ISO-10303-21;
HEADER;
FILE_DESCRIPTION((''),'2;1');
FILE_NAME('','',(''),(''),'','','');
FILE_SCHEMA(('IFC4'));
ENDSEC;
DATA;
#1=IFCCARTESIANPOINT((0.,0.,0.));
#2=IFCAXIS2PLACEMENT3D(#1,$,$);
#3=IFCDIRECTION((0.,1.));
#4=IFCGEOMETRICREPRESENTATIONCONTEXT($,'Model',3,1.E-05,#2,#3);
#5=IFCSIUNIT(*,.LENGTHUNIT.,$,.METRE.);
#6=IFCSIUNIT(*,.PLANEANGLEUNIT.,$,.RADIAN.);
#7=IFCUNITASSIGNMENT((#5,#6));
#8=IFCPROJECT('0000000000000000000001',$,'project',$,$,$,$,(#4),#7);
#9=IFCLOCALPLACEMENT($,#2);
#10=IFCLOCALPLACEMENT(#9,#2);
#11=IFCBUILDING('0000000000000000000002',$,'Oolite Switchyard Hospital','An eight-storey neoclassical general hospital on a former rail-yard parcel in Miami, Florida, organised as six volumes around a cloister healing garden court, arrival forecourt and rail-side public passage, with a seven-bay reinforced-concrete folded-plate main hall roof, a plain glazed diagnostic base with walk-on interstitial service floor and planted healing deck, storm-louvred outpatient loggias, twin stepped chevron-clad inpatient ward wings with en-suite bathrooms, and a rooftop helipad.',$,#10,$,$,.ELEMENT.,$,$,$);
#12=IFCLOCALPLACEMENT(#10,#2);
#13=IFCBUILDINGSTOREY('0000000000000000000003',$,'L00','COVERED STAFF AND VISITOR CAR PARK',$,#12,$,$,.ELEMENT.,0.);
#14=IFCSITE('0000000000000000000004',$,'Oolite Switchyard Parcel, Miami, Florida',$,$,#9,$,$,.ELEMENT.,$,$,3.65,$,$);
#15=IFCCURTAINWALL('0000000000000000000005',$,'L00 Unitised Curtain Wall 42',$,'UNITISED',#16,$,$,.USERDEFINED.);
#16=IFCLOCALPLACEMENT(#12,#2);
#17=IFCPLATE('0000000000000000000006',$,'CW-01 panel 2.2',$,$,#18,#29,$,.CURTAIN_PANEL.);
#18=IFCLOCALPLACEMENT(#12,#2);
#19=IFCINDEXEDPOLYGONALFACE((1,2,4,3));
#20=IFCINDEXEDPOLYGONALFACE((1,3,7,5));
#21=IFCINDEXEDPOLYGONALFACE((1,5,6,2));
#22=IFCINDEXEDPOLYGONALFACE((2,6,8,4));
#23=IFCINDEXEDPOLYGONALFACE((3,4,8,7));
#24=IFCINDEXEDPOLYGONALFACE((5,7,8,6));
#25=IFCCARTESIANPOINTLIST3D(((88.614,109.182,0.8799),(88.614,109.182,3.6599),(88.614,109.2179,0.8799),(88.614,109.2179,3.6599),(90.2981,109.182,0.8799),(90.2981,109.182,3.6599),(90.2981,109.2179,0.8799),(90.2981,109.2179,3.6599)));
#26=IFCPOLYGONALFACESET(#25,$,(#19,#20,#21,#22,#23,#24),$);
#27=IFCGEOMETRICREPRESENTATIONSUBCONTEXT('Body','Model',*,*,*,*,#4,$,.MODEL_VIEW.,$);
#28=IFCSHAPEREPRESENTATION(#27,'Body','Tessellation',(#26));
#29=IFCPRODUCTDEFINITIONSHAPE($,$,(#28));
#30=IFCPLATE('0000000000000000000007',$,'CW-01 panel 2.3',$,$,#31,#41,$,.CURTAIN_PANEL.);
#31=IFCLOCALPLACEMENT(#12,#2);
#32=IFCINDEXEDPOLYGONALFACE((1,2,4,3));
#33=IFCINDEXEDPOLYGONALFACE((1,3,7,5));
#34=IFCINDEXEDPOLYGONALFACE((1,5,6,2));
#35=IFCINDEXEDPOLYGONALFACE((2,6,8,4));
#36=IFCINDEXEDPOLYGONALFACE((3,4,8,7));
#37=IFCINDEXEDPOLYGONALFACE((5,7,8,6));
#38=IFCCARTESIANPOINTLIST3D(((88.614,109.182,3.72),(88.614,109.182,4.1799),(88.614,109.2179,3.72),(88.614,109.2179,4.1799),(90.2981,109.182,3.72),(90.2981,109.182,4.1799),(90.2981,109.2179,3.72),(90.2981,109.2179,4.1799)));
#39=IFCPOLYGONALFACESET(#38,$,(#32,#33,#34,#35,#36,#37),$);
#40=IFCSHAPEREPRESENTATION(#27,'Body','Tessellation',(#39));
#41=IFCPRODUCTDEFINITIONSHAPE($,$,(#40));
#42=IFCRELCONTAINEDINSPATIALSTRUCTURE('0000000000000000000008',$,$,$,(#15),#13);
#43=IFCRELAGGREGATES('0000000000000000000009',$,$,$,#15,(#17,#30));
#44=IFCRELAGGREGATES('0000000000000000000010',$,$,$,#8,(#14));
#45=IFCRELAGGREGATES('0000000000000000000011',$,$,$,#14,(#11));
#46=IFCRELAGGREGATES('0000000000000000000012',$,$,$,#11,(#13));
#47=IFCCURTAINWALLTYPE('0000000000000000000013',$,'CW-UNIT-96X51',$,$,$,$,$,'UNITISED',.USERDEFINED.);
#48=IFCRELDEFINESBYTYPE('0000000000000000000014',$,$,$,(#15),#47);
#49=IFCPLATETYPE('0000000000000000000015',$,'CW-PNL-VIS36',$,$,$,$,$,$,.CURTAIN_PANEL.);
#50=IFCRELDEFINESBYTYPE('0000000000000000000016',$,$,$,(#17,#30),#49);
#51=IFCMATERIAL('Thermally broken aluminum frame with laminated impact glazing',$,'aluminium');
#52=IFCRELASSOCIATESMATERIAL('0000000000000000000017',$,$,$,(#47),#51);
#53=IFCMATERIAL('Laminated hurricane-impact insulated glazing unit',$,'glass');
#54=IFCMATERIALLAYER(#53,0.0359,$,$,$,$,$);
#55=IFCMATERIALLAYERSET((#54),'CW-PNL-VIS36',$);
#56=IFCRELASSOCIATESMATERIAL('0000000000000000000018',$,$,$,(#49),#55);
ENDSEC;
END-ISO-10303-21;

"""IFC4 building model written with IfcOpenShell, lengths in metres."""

from ifc_helpers import new_model, si_unit, direction, frame, origin, origin_2d, place, context, subcontext, project, spatial, rectangle, extrude, material, layer, layer_set, type_object, element, aggregate, save


model = new_model("IFC4")

# Units and contexts
model_context = context("Model", 3, precision=1e-05, world=origin(), true_north=direction((0.0, 1.0)))
body_context = subcontext(model_context, "Body", "Model", "MODEL_VIEW")
ifc_project = project(units=[si_unit("LENGTHUNIT", "METRE"), si_unit("PLANEANGLEUNIT", "RADIAN")], contexts=[model_context])

# Site, building, storey
site_placement = place(None, origin())
site = spatial("IfcSite", under=ifc_project, at=site_placement, Name="Oolite Switchyard Parcel, Miami, Florida", CompositionType="ELEMENT", RefElevation=3.65)
building_placement = place(site_placement, origin())
building = spatial("IfcBuilding", under=site, at=building_placement, Name="Oolite Switchyard Hospital", Description="An eight-storey neoclassical general hospital on a former rail-yard parcel in Miami, Florida, organised as six volumes around a cloister healing garden court, arrival forecourt and rail-side public passage, with a seven-bay reinforced-concrete folded-plate main hall roof, a plain glazed diagnostic base with walk-on interstitial service floor and planted healing deck, storm-louvred outpatient loggias, twin stepped chevron-clad inpatient ward wings with en-suite bathrooms, and a rooftop helipad.", CompositionType="ELEMENT")
storey_placement = place(building_placement, origin())
storey = spatial("IfcBuildingStorey", under=building, at=storey_placement, Name="L00", Description="COVERED STAFF AND VISITOR CAR PARK", CompositionType="ELEMENT", Elevation=0.0)

# Curtain wall, plates
ifc_material_1 = material(Name="Thermally broken aluminum frame with laminated impact glazing", Category="aluminium")
curtain_wall_type = type_object("IfcCurtainWallType", Name="CW-UNIT-96X51", ElementType="UNITISED", PredefinedType="USERDEFINED", material=ifc_material_1)
curtain_wall_placement = place(storey_placement, origin())
curtain_wall = element("IfcCurtainWall", 1, at=curtain_wall_placement, inside=storey, type_object=curtain_wall_type, Name="L00 Unitised Curtain Wall 42", ObjectType="UNITISED", PredefinedType="USERDEFINED")
ifc_material_2 = material(Name="Laminated hurricane-impact insulated glazing unit", Category="glass")
ifc_layer = layer(ifc_material_2, 0.0359)
ifc_layer_set = layer_set([ifc_layer], Name="CW-PNL-VIS36")
plate_type = type_object("IfcPlateType", Name="CW-PNL-VIS36", PredefinedType="CURTAIN_PANEL", material=ifc_layer_set)
plate_1_placement = place(storey_placement, frame((89.4561, 109.2, 0.8799), z_axis=(0.0, 0.0, 1.0), x_axis=(1.0, 0.0, 0.0)))
plate_1 = element("IfcPlate", 2, at=plate_1_placement, type_object=plate_type, Name="CW-01 panel 2.2", PredefinedType="CURTAIN_PANEL", context=body_context, shape_type="SweptSolid", body=[
    extrude(rectangle(XDim=1.6841, YDim=0.0359, at=origin_2d()), origin(), (0.0, 0.0, 1.0), 2.78),
])
plate_2_placement = place(storey_placement, frame((89.4561, 109.2, 3.72), z_axis=(0.0, 0.0, 1.0), x_axis=(1.0, 0.0, 0.0)))
plate_2 = element("IfcPlate", 3, at=plate_2_placement, type_object=plate_type, Name="CW-01 panel 2.3", PredefinedType="CURTAIN_PANEL", context=body_context, shape_type="SweptSolid", body=[
    extrude(rectangle(XDim=1.6841, YDim=0.0359, at=origin_2d()), origin(), (0.0, 0.0, 1.0), 0.46),
])
aggregate(curtain_wall, [plate_1, plate_2])

save(model, "model.ifc")
